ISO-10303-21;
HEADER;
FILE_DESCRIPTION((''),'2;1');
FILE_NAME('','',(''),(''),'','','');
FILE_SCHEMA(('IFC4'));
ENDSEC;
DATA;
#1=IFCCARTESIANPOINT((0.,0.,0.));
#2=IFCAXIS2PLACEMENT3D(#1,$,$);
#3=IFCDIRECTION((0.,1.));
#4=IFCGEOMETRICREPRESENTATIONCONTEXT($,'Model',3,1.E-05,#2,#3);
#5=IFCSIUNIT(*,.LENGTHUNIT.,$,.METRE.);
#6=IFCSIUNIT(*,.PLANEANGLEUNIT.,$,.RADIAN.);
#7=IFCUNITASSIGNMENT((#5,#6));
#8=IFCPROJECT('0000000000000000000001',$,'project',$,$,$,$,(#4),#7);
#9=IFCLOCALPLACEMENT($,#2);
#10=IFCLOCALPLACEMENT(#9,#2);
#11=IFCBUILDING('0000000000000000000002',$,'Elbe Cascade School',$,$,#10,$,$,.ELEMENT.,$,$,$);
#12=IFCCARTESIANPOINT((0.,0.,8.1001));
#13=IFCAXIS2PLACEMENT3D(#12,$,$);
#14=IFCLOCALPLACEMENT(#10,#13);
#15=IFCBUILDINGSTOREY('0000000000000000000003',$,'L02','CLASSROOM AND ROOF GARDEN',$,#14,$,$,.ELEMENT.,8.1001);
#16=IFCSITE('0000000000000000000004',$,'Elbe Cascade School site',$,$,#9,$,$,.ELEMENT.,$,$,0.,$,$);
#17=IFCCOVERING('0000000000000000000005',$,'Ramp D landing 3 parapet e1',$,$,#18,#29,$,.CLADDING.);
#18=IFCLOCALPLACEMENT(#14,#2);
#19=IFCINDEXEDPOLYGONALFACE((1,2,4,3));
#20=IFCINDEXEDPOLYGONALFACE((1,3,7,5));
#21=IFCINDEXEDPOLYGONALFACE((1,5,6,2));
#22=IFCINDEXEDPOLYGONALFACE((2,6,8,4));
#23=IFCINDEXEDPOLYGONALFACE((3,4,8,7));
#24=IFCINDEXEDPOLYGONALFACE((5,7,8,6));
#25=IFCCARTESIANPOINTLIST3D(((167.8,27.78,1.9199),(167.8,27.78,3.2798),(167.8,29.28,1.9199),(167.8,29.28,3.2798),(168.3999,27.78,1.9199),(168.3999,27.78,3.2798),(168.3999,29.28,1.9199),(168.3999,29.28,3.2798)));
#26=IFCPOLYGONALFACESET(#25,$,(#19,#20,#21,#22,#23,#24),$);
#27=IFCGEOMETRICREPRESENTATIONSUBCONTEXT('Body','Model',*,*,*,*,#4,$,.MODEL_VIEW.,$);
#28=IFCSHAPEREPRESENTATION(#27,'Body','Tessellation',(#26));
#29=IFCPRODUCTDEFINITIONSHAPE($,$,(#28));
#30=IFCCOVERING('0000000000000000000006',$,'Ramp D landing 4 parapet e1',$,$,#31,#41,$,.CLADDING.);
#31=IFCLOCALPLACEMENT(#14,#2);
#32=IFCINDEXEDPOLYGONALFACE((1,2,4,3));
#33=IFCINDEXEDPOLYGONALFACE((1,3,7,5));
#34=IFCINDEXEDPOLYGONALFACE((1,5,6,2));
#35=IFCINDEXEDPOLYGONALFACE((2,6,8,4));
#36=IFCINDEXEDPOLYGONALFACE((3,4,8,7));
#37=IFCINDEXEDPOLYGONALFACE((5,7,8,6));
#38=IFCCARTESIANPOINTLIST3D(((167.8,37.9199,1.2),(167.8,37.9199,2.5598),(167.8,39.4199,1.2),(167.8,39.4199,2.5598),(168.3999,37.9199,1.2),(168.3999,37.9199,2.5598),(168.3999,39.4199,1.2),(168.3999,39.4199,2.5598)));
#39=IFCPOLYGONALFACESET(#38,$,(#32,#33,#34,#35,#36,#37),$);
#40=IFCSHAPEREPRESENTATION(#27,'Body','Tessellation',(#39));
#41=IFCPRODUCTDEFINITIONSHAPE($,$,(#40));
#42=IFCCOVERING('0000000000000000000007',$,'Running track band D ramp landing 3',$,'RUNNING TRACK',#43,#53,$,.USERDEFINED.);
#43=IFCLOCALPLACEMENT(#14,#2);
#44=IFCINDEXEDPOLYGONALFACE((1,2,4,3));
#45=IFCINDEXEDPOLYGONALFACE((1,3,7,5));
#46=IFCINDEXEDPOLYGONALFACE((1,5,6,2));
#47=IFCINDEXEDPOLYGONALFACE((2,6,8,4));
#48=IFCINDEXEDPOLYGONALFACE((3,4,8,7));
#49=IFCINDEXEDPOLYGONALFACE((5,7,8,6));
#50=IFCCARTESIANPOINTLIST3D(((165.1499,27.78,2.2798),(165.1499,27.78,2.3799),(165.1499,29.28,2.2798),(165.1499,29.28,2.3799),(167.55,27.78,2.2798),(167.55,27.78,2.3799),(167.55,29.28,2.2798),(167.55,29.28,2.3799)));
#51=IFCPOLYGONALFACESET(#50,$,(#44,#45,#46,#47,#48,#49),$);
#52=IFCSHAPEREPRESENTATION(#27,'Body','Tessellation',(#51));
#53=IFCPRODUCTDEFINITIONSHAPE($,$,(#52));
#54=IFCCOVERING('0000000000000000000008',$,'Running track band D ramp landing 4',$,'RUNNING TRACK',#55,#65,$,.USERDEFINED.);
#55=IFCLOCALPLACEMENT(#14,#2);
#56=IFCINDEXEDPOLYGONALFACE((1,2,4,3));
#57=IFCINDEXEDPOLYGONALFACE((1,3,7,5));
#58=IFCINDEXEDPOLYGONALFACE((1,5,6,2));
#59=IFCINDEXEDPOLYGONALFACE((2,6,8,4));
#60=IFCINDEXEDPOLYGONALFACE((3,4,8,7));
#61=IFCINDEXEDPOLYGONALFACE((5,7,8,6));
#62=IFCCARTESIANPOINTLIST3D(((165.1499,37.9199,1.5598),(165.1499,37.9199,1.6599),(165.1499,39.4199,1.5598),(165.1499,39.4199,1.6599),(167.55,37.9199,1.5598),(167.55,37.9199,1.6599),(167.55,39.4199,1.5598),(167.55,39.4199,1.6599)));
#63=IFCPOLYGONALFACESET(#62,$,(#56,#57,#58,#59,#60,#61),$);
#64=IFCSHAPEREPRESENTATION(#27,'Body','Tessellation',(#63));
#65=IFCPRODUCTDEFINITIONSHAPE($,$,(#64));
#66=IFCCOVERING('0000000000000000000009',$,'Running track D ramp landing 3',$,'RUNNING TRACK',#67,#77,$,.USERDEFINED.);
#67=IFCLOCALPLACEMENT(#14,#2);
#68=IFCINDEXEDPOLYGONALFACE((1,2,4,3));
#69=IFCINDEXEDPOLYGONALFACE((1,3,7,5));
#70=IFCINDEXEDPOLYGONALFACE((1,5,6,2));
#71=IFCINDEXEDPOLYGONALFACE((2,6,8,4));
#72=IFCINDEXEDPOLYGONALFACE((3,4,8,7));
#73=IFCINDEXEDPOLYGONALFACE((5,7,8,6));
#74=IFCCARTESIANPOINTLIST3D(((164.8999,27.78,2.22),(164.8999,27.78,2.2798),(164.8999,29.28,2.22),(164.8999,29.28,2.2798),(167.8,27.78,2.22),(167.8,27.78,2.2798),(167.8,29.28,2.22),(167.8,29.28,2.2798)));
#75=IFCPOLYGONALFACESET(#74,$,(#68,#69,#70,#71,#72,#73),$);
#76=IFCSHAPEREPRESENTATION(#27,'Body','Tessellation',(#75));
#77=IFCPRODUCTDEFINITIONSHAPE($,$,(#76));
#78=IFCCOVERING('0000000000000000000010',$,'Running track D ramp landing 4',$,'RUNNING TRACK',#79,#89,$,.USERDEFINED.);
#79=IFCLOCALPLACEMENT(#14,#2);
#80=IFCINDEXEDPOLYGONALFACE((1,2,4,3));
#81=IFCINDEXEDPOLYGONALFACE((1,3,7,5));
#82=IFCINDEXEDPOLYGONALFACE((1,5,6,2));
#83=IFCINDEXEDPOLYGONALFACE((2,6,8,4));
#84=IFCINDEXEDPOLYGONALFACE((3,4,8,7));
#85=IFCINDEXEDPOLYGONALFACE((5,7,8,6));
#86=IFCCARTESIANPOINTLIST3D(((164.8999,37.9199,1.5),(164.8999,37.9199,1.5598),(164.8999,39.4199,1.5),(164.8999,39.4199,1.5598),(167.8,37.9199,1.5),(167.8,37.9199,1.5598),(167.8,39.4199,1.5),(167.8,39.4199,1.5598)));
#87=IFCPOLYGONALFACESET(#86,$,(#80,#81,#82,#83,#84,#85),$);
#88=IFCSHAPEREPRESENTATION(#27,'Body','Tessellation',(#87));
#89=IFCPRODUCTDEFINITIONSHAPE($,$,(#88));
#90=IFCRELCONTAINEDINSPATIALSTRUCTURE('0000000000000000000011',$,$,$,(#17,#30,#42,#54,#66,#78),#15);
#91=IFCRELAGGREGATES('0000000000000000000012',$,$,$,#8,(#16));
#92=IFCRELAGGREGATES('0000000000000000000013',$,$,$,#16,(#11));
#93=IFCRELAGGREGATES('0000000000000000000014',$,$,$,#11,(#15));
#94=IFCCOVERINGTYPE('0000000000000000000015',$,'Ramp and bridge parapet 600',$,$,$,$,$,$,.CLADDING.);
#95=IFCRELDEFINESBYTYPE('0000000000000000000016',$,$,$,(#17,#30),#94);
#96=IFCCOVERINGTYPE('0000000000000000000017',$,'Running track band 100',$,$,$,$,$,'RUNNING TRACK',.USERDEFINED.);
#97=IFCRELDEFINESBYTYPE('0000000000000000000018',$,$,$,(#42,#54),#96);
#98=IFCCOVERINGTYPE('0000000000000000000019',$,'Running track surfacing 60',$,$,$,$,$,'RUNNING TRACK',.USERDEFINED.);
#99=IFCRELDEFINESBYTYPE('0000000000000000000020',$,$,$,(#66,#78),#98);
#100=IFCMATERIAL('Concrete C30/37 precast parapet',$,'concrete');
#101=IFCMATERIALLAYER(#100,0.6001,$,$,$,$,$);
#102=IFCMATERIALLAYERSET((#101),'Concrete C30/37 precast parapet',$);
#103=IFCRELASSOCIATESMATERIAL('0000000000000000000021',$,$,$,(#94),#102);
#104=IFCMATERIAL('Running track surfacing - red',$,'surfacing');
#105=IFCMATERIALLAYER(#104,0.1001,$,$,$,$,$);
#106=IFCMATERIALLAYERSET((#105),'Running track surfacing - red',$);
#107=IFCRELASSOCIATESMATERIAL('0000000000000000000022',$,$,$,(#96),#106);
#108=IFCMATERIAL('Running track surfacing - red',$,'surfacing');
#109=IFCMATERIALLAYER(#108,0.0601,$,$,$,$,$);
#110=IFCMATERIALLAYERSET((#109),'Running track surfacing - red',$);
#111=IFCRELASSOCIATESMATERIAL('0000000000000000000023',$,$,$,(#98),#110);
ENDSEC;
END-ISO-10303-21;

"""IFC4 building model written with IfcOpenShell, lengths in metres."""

from ifc_helpers import new_model, si_unit, direction, frame, origin, place, context, subcontext, project, spatial, polyline, outline, extrude, material, layer, layer_set, type_object, element, save


model = new_model("IFC4")

# Units and contexts
model_context = context("Model", 3, precision=1e-05, world=origin(), true_north=direction((0.0, 1.0)))
body_context = subcontext(model_context, "Body", "Model", "MODEL_VIEW")
ifc_project = project(units=[si_unit("LENGTHUNIT", "METRE"), si_unit("PLANEANGLEUNIT", "RADIAN")], contexts=[model_context])

# Site, building, storey
site_placement = place(None, origin())
site = spatial("IfcSite", under=ifc_project, at=site_placement, Name="Elbe Cascade School site", CompositionType="ELEMENT", RefElevation=0.0)
building_placement = place(site_placement, origin())
building = spatial("IfcBuilding", under=site, at=building_placement, Name="Elbe Cascade School", CompositionType="ELEMENT")
storey_placement = place(building_placement, frame((0.0, 0.0, 8.1001)))
storey = spatial("IfcBuildingStorey", under=building, at=storey_placement, Name="L02", Description="CLASSROOM AND ROOF GARDEN", CompositionType="ELEMENT", Elevation=8.1001)

# Coverings
ifc_material_1 = material(Name="Concrete C30/37 precast parapet", Category="concrete")
ifc_layer_1 = layer(ifc_material_1, 0.6001)
ifc_layer_set_1 = layer_set([ifc_layer_1], Name="Concrete C30/37 precast parapet")
covering_type_1 = type_object("IfcCoveringType", Name="Ramp and bridge parapet 600", PredefinedType="CLADDING", material=ifc_layer_set_1)
covering_1_placement = place(storey_placement, frame((0.0, 0.0, 1.9199)))
element("IfcCovering", 1, at=covering_1_placement, inside=storey, type_object=covering_type_1, Name="Ramp D landing 3 parapet e1", PredefinedType="CLADDING", context=body_context, shape_type="SweptSolid", body=[
    extrude(outline(polyline([(167.8, 27.78), (168.3999, 27.78), (168.3999, 29.28), (167.8, 29.28), (167.8, 27.78)])), origin(), (0.0, 0.0, 1.0), 1.3599),
])
covering_2_placement = place(storey_placement, frame((0.0, 0.0, 1.2)))
element("IfcCovering", 2, at=covering_2_placement, inside=storey, type_object=covering_type_1, Name="Ramp D landing 4 parapet e1", PredefinedType="CLADDING", context=body_context, shape_type="SweptSolid", body=[
    extrude(outline(polyline([(167.8, 37.9199), (168.3999, 37.9199), (168.3999, 39.4199), (167.8, 39.4199), (167.8, 37.9199)])), origin(), (0.0, 0.0, 1.0), 1.3599),
])
ifc_material_2 = material(Name="Running track surfacing - red", Category="surfacing")
ifc_layer_2 = layer(ifc_material_2, 0.1001)
ifc_layer_set_2 = layer_set([ifc_layer_2], Name="Running track surfacing - red")
covering_type_2 = type_object("IfcCoveringType", Name="Running track band 100", ElementType="RUNNING TRACK", PredefinedType="USERDEFINED", material=ifc_layer_set_2)
covering_3_placement = place(storey_placement, frame((0.0, 0.0, 2.2798)))
element("IfcCovering", 3, at=covering_3_placement, inside=storey, type_object=covering_type_2, Name="Running track band D ramp landing 3", ObjectType="RUNNING TRACK", PredefinedType="USERDEFINED", context=body_context, shape_type="SweptSolid", body=[
    extrude(outline(polyline([(167.55, 27.78), (167.55, 29.28), (165.1499, 29.28), (165.1499, 27.78), (167.55, 27.78)])), origin(), (0.0, 0.0, 1.0), 0.1001),
])
covering_4_placement = place(storey_placement, frame((0.0, 0.0, 1.5598)))
element("IfcCovering", 4, at=covering_4_placement, inside=storey, type_object=covering_type_2, Name="Running track band D ramp landing 4", ObjectType="RUNNING TRACK", PredefinedType="USERDEFINED", context=body_context, shape_type="SweptSolid", body=[
    extrude(outline(polyline([(167.55, 37.9199), (167.55, 39.4199), (165.1499, 39.4199), (165.1499, 37.9199), (167.55, 37.9199)])), origin(), (0.0, 0.0, 1.0), 0.1001),
])
ifc_material_3 = material(Name="Running track surfacing - red", Category="surfacing")
ifc_layer_3 = layer(ifc_material_3, 0.0601)
ifc_layer_set_3 = layer_set([ifc_layer_3], Name="Running track surfacing - red")
covering_type_3 = type_object("IfcCoveringType", Name="Running track surfacing 60", ElementType="RUNNING TRACK", PredefinedType="USERDEFINED", material=ifc_layer_set_3)
covering_5_placement = place(storey_placement, frame((0.0, 0.0, 2.22)))
element("IfcCovering", 5, at=covering_5_placement, inside=storey, type_object=covering_type_3, Name="Running track D ramp landing 3", ObjectType="RUNNING TRACK", PredefinedType="USERDEFINED", context=body_context, shape_type="SweptSolid", body=[
    extrude(outline(polyline([(167.8, 27.78), (167.8, 29.28), (164.8999, 29.28), (164.8999, 27.78), (167.8, 27.78)])), origin(), (0.0, 0.0, 1.0), 0.0598),
])
covering_6_placement = place(storey_placement, frame((0.0, 0.0, 1.5)))
element("IfcCovering", 6, at=covering_6_placement, inside=storey, type_object=covering_type_3, Name="Running track D ramp landing 4", ObjectType="RUNNING TRACK", PredefinedType="USERDEFINED", context=body_context, shape_type="SweptSolid", body=[
    extrude(outline(polyline([(167.8, 37.9199), (167.8, 39.4199), (164.8999, 39.4199), (164.8999, 37.9199), (167.8, 37.9199)])), origin(), (0.0, 0.0, 1.0), 0.0598),
])

save(model, "model.ifc")
